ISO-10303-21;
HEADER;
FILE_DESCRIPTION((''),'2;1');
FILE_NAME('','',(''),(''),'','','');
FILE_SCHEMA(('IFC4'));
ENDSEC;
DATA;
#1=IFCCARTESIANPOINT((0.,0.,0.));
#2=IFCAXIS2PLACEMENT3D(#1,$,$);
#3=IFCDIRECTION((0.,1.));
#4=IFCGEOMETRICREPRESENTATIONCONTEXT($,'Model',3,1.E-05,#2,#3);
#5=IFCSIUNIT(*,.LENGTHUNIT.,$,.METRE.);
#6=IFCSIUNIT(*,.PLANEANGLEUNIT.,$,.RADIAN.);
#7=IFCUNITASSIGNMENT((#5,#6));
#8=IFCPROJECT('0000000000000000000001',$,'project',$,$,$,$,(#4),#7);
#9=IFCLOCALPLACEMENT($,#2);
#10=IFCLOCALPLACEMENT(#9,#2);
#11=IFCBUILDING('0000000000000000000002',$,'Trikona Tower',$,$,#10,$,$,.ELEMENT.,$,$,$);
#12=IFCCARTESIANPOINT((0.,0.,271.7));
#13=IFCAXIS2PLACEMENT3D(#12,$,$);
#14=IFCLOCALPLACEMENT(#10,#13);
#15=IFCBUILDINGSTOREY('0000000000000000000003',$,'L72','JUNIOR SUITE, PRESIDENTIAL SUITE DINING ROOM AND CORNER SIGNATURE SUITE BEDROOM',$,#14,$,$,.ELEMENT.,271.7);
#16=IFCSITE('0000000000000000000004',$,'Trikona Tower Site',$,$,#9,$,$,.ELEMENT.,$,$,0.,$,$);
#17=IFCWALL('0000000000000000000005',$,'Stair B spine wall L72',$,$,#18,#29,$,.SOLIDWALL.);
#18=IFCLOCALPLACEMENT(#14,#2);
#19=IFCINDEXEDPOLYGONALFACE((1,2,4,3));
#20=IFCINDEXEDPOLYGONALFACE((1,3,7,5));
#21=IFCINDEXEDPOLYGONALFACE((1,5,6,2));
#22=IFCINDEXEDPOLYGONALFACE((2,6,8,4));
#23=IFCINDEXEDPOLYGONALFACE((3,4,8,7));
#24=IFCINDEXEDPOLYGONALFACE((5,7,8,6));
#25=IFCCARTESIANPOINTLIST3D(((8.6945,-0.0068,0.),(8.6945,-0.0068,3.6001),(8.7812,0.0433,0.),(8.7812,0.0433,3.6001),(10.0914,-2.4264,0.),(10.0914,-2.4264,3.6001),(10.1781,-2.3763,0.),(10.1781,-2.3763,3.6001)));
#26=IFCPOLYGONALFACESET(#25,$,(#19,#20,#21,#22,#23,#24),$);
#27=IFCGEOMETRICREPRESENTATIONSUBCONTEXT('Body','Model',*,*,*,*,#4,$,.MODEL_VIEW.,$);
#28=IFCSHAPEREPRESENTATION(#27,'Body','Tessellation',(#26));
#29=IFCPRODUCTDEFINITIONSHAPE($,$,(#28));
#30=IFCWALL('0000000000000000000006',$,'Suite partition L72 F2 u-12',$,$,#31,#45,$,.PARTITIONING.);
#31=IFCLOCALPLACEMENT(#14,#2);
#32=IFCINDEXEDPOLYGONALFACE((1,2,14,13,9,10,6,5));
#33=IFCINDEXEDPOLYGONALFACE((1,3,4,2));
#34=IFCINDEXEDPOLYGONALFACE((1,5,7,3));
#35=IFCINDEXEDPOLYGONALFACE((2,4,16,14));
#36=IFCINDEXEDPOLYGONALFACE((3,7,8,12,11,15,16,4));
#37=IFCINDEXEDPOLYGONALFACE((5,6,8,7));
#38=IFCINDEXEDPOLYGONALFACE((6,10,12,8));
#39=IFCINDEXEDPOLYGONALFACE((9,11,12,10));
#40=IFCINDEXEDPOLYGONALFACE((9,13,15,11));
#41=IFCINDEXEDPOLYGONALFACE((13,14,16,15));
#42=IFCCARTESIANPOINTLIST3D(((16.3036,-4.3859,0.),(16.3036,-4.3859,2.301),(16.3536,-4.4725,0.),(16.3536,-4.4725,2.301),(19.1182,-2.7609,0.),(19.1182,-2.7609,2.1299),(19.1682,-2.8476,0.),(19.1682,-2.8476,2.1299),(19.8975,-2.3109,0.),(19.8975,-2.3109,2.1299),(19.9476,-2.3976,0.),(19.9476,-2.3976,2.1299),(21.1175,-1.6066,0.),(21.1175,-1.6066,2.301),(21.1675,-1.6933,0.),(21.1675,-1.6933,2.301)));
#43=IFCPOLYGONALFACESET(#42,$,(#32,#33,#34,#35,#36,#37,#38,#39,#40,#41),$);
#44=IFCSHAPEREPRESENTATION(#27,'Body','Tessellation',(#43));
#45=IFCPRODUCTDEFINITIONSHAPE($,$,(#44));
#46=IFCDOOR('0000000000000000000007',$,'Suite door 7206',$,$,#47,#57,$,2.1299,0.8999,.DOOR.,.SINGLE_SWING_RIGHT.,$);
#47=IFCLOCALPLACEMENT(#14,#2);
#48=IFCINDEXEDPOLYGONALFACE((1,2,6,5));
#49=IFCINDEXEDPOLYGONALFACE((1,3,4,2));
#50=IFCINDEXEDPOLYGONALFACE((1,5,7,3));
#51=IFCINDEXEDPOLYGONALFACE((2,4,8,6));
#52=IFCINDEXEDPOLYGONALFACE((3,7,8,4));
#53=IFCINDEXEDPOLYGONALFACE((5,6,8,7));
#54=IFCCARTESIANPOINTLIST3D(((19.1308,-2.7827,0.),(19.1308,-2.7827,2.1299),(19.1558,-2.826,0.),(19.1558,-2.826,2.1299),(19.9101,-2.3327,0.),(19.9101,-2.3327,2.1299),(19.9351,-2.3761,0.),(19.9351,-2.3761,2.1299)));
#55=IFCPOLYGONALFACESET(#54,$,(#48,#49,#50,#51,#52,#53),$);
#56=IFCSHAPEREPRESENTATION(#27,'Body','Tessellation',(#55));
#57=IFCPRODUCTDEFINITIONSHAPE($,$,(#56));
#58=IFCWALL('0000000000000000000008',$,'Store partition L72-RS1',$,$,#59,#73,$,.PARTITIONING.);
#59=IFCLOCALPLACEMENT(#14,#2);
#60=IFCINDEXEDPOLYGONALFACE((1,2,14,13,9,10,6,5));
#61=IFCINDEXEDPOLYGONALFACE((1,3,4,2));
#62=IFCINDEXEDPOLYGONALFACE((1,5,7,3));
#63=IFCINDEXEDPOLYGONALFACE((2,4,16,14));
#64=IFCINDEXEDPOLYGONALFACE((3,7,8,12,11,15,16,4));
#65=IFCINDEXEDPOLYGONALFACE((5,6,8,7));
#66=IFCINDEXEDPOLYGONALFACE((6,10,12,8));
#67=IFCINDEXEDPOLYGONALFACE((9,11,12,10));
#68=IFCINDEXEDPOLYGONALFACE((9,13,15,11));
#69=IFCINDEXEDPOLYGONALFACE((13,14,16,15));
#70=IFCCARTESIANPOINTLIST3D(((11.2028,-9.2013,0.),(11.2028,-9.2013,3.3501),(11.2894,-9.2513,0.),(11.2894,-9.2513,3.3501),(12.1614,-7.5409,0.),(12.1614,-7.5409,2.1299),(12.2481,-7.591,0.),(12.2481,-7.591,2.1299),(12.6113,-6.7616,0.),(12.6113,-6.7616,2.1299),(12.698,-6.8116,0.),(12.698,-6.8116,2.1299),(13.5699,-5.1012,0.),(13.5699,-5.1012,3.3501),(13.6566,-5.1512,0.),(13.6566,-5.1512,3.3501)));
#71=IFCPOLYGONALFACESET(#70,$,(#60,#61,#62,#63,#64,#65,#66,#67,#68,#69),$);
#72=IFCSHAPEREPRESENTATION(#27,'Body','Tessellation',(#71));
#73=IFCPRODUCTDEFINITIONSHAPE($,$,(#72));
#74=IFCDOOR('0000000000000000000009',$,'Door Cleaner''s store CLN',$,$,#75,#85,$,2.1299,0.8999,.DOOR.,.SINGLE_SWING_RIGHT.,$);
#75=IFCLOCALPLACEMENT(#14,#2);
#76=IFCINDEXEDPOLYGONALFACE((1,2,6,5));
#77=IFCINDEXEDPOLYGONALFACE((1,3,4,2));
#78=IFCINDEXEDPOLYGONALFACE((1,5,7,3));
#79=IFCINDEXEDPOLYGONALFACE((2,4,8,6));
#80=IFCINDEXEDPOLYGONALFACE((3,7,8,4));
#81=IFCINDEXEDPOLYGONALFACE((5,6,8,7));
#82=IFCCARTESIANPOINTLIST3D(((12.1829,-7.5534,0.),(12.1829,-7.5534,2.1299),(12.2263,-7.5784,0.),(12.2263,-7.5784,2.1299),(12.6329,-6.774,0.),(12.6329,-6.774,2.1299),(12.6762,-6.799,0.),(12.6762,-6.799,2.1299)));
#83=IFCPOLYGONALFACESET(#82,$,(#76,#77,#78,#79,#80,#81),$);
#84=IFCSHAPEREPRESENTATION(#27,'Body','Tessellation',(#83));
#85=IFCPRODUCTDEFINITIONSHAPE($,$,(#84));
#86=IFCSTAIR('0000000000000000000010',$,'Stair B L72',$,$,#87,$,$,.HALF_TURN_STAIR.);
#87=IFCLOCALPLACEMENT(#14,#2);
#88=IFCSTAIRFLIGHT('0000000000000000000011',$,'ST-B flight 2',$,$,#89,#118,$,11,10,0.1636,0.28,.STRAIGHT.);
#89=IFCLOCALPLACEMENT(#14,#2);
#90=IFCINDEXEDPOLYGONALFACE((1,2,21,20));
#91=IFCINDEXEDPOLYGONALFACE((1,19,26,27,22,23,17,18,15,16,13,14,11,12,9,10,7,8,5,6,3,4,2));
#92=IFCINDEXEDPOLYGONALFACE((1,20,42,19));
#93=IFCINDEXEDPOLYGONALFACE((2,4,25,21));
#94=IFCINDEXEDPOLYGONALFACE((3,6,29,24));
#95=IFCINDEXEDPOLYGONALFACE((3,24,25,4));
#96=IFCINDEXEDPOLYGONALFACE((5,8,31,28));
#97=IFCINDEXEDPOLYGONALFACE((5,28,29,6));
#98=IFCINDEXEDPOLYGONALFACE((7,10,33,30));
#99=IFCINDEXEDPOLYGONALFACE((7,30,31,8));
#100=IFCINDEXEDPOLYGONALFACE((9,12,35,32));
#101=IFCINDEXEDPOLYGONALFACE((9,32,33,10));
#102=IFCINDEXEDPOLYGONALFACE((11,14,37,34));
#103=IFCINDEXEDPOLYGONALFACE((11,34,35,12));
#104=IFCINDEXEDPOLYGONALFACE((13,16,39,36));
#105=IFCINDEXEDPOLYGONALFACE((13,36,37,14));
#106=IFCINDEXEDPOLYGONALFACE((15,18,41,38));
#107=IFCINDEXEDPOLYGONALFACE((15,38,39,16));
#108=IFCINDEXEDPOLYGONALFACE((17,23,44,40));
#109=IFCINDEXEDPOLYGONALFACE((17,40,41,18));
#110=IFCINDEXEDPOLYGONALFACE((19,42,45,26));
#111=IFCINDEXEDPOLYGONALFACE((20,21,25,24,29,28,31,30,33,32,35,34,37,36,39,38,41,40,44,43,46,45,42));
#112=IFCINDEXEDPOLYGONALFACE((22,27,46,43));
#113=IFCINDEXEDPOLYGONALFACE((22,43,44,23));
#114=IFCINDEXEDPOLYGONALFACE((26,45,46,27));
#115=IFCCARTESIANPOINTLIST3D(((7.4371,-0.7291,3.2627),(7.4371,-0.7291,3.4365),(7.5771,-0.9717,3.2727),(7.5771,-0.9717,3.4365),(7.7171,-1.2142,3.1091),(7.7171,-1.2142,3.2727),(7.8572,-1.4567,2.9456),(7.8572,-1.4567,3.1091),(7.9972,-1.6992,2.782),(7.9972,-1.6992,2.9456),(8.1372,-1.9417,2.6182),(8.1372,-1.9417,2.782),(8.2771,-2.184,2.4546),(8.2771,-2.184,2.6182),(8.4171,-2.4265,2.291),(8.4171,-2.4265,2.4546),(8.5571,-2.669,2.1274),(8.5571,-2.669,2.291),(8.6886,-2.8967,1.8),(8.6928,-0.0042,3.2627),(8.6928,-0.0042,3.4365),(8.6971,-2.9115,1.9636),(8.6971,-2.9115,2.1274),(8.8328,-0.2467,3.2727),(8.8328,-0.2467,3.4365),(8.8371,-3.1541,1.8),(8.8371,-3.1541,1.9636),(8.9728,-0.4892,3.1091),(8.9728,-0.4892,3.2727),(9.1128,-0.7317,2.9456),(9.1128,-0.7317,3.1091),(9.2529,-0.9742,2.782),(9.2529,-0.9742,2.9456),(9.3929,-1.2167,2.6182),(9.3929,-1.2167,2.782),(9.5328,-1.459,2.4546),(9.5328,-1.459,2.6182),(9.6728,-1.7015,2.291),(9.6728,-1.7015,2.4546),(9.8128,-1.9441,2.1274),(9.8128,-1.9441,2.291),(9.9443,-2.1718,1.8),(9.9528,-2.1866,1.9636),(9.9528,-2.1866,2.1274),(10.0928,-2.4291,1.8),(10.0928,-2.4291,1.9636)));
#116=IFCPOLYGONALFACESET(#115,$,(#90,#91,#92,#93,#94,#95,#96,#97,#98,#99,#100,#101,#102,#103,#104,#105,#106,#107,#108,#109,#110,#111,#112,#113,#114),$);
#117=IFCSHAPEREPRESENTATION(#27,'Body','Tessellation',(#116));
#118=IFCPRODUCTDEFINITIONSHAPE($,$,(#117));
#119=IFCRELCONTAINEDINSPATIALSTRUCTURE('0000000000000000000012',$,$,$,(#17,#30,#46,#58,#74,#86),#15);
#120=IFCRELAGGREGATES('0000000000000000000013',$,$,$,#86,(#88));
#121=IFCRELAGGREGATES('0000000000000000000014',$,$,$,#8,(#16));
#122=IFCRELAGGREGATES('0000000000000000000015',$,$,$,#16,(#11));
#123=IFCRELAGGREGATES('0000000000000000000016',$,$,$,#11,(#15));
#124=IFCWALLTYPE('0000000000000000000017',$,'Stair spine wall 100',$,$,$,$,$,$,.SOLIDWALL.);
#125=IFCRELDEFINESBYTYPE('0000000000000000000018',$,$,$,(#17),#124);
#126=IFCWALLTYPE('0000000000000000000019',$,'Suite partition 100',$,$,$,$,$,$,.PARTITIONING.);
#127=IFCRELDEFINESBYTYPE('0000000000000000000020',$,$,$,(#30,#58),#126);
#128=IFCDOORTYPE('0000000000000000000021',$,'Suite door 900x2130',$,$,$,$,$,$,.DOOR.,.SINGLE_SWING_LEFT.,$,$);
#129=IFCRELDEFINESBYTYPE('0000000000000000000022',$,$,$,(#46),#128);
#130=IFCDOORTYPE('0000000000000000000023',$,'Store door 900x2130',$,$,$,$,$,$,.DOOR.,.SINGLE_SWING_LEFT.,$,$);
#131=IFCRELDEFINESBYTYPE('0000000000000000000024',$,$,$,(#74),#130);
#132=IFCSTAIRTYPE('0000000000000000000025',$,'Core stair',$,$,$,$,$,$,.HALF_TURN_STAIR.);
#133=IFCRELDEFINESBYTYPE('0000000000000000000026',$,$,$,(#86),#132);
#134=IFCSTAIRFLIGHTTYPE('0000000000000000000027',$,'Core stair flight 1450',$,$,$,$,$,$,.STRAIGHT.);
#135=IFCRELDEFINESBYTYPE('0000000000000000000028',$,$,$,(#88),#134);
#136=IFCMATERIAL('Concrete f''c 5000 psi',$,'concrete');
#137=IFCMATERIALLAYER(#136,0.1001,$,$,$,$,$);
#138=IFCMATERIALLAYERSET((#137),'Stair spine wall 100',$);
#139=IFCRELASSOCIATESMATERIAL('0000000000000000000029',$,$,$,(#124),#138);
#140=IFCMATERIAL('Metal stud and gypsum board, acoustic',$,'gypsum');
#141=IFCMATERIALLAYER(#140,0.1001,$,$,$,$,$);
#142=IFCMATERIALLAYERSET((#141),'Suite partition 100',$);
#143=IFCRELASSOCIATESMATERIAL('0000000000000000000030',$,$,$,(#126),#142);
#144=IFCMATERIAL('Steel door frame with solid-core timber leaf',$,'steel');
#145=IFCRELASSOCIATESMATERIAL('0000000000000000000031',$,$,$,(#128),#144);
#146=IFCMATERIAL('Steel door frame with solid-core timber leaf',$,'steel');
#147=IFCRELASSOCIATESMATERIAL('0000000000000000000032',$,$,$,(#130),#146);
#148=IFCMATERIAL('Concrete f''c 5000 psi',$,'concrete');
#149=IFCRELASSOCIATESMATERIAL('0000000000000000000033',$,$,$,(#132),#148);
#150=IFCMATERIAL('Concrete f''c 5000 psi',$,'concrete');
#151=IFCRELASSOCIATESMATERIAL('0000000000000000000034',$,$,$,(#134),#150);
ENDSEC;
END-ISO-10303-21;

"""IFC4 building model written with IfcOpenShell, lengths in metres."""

from ifc_helpers import new_model, si_unit, direction, frame, frame_2d, origin, place, context, subcontext, project, spatial, polyline, rectangle, outline, extrude, material, layer, layer_set, type_object, element, fill, aggregate, save


model = new_model("IFC4")

# Units and contexts
model_context = context("Model", 3, precision=1e-05, world=origin(), true_north=direction((0.0, 1.0)))
body_context = subcontext(model_context, "Body", "Model", "MODEL_VIEW")
ifc_project = project(units=[si_unit("LENGTHUNIT", "METRE"), si_unit("PLANEANGLEUNIT", "RADIAN")], contexts=[model_context])

# Site, building, storey
site_placement = place(None, origin())
site = spatial("IfcSite", under=ifc_project, at=site_placement, Name="Trikona Tower Site", CompositionType="ELEMENT", RefElevation=0.0)
building_placement = place(site_placement, origin())
building = spatial("IfcBuilding", under=site, at=building_placement, Name="Trikona Tower", CompositionType="ELEMENT")
storey_placement = place(building_placement, frame((0.0, 0.0, 271.7)))
storey = spatial("IfcBuildingStorey", under=building, at=storey_placement, Name="L72", Description="JUNIOR SUITE, PRESIDENTIAL SUITE DINING ROOM AND CORNER SIGNATURE SUITE BEDROOM", CompositionType="ELEMENT", Elevation=271.7)

# Wall
ifc_material_1 = material(Name="Concrete f'c 5000 psi", Category="concrete")
ifc_layer_1 = layer(ifc_material_1, 0.1001)
ifc_layer_set_1 = layer_set([ifc_layer_1], Name="Stair spine wall 100")
wall_type_1 = type_object("IfcWallType", Name="Stair spine wall 100", PredefinedType="SOLIDWALL", material=ifc_layer_set_1)
wall_1_placement = place(storey_placement, frame((10.1348, -2.4014, 0.0), z_axis=(0.0, 0.0, 1.0), x_axis=(-0.499992, 0.86603, 0.0)))
element("IfcWall", 1, at=wall_1_placement, inside=storey, type_object=wall_type_1, Name="Stair B spine wall L72", PredefinedType="SOLIDWALL", context=body_context, shape_type="SweptSolid", body=[
    extrude(rectangle(XDim=2.7939, YDim=0.1001, at=frame_2d((1.397, 0.0))), origin(), (0.0, 0.0, 1.0), 3.6001),
])

# Walls, openings, doors
ifc_material_2 = material(Name="Metal stud and gypsum board, acoustic", Category="gypsum")
ifc_layer_2 = layer(ifc_material_2, 0.1001)
ifc_layer_set_2 = layer_set([ifc_layer_2], Name="Suite partition 100")
wall_type_2 = type_object("IfcWallType", Name="Suite partition 100", PredefinedType="PARTITIONING", material=ifc_layer_set_2)
wall_2_placement = place(storey_placement, frame((16.3286, -4.4292, 0.0), z_axis=(0.0, 0.0, 1.0), x_axis=(0.866029, 0.499994, 0.0)))
wall_2 = element("IfcWall", 2, at=wall_2_placement, inside=storey, type_object=wall_type_2, Name="Suite partition L72 F2 u-12", PredefinedType="PARTITIONING", context=body_context, shape_type="SweptSolid", body=[
    extrude(rectangle(XDim=5.5586, YDim=0.1001, at=frame_2d((2.7793, 0.0))), origin(), (0.0, 0.0, 1.0), 2.301),
])
opening_1_placement = place(wall_2_placement, frame((3.25, 0.0, 0.0)))
opening_1 = element("IfcOpeningElement", 3, at=opening_1_placement, cuts=wall_2, PredefinedType="OPENING", context=body_context, shape_type="SweptSolid", body=[
    extrude(rectangle(XDim=0.8999, YDim=2.1299, at=frame_2d((0.45, 1.0649))), frame((0.0, 0.0601, 0.0), z_axis=(0.0, -1.0, 0.0), x_axis=(1.0, 0.0, 0.0)), (0.0, 0.0, 1.0), 0.1201),
])
ifc_material_3 = material(Name="Steel door frame with solid-core timber leaf", Category="steel")
door_type_1 = type_object("IfcDoorType", Name="Suite door 900x2130", OperationType="SINGLE_SWING_LEFT", PredefinedType="DOOR", material=ifc_material_3)
door_1_placement = place(opening_1_placement, origin())
door_1 = element("IfcDoor", 4, at=door_1_placement, inside=storey, type_object=door_type_1, Name="Suite door 7206", OperationType="SINGLE_SWING_RIGHT", OverallHeight=2.1299, OverallWidth=0.8999, PredefinedType="DOOR", context=body_context, shape_type="SweptSolid", body=[
    extrude(rectangle(XDim=0.8999, YDim=2.1299, at=frame_2d((0.45, 1.0649))), frame((0.0, 0.0249, 0.0), z_axis=(0.0, -1.0, 0.0), x_axis=(1.0, 0.0, 0.0)), (0.0, 0.0, 1.0), 0.05),
])
fill(opening_1, door_1)
wall_3_placement = place(storey_placement, frame((13.6133, -5.1262, 0.0), z_axis=(0.0, 0.0, 1.0), x_axis=(-0.499999, -0.866026, 0.0)))
wall_3 = element("IfcWall", 5, at=wall_3_placement, inside=storey, type_object=wall_type_2, Name="Store partition L72-RS1", PredefinedType="PARTITIONING", context=body_context, shape_type="SweptSolid", body=[
    extrude(rectangle(XDim=4.7344, YDim=0.1001, at=frame_2d((2.3672, 0.0))), origin(), (0.0, 0.0, 1.0), 3.3501),
])
opening_2_placement = place(wall_3_placement, frame((1.9172, 0.0, 0.0)))
opening_2 = element("IfcOpeningElement", 6, at=opening_2_placement, cuts=wall_3, PredefinedType="OPENING", context=body_context, shape_type="SweptSolid", body=[
    extrude(rectangle(XDim=0.8999, YDim=2.1299, at=frame_2d((0.45, 1.0649))), frame((0.0, 0.0601, 0.0), z_axis=(0.0, -1.0, 0.0), x_axis=(1.0, 0.0, 0.0)), (0.0, 0.0, 1.0), 0.1201),
])
ifc_material_4 = material(Name="Steel door frame with solid-core timber leaf", Category="steel")
door_type_2 = type_object("IfcDoorType", Name="Store door 900x2130", OperationType="SINGLE_SWING_LEFT", PredefinedType="DOOR", material=ifc_material_4)
door_2_placement = place(opening_2_placement, origin())
door_2 = element("IfcDoor", 7, at=door_2_placement, inside=storey, type_object=door_type_2, Name="Door Cleaner's store CLN", OperationType="SINGLE_SWING_RIGHT", OverallHeight=2.1299, OverallWidth=0.8999, PredefinedType="DOOR", context=body_context, shape_type="SweptSolid", body=[
    extrude(rectangle(XDim=0.8999, YDim=2.1299, at=frame_2d((0.45, 1.0649))), frame((0.0, 0.0249, 0.0), z_axis=(0.0, -1.0, 0.0), x_axis=(1.0, 0.0, 0.0)), (0.0, 0.0, 1.0), 0.05),
])
fill(opening_2, door_2)

# Stair, stair flight
ifc_material_5 = material(Name="Concrete f'c 5000 psi", Category="concrete")
stair_type = type_object("IfcStairType", Name="Core stair", PredefinedType="HALF_TURN_STAIR", material=ifc_material_5)
stair_placement = place(storey_placement, origin())
stair = element("IfcStair", 8, at=stair_placement, inside=storey, type_object=stair_type, Name="Stair B L72", PredefinedType="HALF_TURN_STAIR")
ifc_material_6 = material(Name="Concrete f'c 5000 psi", Category="concrete")
stair_flight_type = type_object("IfcStairFlightType", Name="Core stair flight 1450", PredefinedType="STRAIGHT", material=ifc_material_6)
stair_flight_placement = place(storey_placement, frame((9.4651, -2.7915, 1.8), z_axis=(0.0, 0.0, 1.0), x_axis=(-0.5, 0.866025, 0.0)))
stair_flight = element("IfcStairFlight", 9, at=stair_flight_placement, type_object=stair_flight_type, Name="ST-B flight 2", NumberOfRisers=11, NumberOfTreads=10, PredefinedType="STRAIGHT", RiserHeight=0.1636, TreadLength=0.28, context=body_context, shape_type="SweptSolid", body=[
    extrude(outline(polyline([(0.0, 0.0), (0.0, 0.1636), (0.28, 0.1636), (0.28, 0.3274), (0.5601, 0.3274), (0.5601, 0.491), (0.8401, 0.491), (0.8401, 0.6545), (1.1201, 0.6545), (1.1201, 0.8181), (1.3999, 0.8181), (1.3999, 0.9819), (1.6799, 0.9819), (1.6799, 1.1455), (1.96, 1.1455), (1.96, 1.3091), (2.24, 1.3091), (2.24, 1.4727), (2.52, 1.4727), (2.52, 1.6365), (2.8, 1.6365), (2.8, 1.8), (2.8, 1.4626), (0.2971, 0.0), (0.0, 0.0)])), frame((0.0, 0.7251, 0.0), z_axis=(0.0, -1.0, 0.0), x_axis=(1.0, 0.0, 0.0)), (0.0, 0.0, 1.0), 1.45),
])
aggregate(stair, [stair_flight])

save(model, "model.ifc")
